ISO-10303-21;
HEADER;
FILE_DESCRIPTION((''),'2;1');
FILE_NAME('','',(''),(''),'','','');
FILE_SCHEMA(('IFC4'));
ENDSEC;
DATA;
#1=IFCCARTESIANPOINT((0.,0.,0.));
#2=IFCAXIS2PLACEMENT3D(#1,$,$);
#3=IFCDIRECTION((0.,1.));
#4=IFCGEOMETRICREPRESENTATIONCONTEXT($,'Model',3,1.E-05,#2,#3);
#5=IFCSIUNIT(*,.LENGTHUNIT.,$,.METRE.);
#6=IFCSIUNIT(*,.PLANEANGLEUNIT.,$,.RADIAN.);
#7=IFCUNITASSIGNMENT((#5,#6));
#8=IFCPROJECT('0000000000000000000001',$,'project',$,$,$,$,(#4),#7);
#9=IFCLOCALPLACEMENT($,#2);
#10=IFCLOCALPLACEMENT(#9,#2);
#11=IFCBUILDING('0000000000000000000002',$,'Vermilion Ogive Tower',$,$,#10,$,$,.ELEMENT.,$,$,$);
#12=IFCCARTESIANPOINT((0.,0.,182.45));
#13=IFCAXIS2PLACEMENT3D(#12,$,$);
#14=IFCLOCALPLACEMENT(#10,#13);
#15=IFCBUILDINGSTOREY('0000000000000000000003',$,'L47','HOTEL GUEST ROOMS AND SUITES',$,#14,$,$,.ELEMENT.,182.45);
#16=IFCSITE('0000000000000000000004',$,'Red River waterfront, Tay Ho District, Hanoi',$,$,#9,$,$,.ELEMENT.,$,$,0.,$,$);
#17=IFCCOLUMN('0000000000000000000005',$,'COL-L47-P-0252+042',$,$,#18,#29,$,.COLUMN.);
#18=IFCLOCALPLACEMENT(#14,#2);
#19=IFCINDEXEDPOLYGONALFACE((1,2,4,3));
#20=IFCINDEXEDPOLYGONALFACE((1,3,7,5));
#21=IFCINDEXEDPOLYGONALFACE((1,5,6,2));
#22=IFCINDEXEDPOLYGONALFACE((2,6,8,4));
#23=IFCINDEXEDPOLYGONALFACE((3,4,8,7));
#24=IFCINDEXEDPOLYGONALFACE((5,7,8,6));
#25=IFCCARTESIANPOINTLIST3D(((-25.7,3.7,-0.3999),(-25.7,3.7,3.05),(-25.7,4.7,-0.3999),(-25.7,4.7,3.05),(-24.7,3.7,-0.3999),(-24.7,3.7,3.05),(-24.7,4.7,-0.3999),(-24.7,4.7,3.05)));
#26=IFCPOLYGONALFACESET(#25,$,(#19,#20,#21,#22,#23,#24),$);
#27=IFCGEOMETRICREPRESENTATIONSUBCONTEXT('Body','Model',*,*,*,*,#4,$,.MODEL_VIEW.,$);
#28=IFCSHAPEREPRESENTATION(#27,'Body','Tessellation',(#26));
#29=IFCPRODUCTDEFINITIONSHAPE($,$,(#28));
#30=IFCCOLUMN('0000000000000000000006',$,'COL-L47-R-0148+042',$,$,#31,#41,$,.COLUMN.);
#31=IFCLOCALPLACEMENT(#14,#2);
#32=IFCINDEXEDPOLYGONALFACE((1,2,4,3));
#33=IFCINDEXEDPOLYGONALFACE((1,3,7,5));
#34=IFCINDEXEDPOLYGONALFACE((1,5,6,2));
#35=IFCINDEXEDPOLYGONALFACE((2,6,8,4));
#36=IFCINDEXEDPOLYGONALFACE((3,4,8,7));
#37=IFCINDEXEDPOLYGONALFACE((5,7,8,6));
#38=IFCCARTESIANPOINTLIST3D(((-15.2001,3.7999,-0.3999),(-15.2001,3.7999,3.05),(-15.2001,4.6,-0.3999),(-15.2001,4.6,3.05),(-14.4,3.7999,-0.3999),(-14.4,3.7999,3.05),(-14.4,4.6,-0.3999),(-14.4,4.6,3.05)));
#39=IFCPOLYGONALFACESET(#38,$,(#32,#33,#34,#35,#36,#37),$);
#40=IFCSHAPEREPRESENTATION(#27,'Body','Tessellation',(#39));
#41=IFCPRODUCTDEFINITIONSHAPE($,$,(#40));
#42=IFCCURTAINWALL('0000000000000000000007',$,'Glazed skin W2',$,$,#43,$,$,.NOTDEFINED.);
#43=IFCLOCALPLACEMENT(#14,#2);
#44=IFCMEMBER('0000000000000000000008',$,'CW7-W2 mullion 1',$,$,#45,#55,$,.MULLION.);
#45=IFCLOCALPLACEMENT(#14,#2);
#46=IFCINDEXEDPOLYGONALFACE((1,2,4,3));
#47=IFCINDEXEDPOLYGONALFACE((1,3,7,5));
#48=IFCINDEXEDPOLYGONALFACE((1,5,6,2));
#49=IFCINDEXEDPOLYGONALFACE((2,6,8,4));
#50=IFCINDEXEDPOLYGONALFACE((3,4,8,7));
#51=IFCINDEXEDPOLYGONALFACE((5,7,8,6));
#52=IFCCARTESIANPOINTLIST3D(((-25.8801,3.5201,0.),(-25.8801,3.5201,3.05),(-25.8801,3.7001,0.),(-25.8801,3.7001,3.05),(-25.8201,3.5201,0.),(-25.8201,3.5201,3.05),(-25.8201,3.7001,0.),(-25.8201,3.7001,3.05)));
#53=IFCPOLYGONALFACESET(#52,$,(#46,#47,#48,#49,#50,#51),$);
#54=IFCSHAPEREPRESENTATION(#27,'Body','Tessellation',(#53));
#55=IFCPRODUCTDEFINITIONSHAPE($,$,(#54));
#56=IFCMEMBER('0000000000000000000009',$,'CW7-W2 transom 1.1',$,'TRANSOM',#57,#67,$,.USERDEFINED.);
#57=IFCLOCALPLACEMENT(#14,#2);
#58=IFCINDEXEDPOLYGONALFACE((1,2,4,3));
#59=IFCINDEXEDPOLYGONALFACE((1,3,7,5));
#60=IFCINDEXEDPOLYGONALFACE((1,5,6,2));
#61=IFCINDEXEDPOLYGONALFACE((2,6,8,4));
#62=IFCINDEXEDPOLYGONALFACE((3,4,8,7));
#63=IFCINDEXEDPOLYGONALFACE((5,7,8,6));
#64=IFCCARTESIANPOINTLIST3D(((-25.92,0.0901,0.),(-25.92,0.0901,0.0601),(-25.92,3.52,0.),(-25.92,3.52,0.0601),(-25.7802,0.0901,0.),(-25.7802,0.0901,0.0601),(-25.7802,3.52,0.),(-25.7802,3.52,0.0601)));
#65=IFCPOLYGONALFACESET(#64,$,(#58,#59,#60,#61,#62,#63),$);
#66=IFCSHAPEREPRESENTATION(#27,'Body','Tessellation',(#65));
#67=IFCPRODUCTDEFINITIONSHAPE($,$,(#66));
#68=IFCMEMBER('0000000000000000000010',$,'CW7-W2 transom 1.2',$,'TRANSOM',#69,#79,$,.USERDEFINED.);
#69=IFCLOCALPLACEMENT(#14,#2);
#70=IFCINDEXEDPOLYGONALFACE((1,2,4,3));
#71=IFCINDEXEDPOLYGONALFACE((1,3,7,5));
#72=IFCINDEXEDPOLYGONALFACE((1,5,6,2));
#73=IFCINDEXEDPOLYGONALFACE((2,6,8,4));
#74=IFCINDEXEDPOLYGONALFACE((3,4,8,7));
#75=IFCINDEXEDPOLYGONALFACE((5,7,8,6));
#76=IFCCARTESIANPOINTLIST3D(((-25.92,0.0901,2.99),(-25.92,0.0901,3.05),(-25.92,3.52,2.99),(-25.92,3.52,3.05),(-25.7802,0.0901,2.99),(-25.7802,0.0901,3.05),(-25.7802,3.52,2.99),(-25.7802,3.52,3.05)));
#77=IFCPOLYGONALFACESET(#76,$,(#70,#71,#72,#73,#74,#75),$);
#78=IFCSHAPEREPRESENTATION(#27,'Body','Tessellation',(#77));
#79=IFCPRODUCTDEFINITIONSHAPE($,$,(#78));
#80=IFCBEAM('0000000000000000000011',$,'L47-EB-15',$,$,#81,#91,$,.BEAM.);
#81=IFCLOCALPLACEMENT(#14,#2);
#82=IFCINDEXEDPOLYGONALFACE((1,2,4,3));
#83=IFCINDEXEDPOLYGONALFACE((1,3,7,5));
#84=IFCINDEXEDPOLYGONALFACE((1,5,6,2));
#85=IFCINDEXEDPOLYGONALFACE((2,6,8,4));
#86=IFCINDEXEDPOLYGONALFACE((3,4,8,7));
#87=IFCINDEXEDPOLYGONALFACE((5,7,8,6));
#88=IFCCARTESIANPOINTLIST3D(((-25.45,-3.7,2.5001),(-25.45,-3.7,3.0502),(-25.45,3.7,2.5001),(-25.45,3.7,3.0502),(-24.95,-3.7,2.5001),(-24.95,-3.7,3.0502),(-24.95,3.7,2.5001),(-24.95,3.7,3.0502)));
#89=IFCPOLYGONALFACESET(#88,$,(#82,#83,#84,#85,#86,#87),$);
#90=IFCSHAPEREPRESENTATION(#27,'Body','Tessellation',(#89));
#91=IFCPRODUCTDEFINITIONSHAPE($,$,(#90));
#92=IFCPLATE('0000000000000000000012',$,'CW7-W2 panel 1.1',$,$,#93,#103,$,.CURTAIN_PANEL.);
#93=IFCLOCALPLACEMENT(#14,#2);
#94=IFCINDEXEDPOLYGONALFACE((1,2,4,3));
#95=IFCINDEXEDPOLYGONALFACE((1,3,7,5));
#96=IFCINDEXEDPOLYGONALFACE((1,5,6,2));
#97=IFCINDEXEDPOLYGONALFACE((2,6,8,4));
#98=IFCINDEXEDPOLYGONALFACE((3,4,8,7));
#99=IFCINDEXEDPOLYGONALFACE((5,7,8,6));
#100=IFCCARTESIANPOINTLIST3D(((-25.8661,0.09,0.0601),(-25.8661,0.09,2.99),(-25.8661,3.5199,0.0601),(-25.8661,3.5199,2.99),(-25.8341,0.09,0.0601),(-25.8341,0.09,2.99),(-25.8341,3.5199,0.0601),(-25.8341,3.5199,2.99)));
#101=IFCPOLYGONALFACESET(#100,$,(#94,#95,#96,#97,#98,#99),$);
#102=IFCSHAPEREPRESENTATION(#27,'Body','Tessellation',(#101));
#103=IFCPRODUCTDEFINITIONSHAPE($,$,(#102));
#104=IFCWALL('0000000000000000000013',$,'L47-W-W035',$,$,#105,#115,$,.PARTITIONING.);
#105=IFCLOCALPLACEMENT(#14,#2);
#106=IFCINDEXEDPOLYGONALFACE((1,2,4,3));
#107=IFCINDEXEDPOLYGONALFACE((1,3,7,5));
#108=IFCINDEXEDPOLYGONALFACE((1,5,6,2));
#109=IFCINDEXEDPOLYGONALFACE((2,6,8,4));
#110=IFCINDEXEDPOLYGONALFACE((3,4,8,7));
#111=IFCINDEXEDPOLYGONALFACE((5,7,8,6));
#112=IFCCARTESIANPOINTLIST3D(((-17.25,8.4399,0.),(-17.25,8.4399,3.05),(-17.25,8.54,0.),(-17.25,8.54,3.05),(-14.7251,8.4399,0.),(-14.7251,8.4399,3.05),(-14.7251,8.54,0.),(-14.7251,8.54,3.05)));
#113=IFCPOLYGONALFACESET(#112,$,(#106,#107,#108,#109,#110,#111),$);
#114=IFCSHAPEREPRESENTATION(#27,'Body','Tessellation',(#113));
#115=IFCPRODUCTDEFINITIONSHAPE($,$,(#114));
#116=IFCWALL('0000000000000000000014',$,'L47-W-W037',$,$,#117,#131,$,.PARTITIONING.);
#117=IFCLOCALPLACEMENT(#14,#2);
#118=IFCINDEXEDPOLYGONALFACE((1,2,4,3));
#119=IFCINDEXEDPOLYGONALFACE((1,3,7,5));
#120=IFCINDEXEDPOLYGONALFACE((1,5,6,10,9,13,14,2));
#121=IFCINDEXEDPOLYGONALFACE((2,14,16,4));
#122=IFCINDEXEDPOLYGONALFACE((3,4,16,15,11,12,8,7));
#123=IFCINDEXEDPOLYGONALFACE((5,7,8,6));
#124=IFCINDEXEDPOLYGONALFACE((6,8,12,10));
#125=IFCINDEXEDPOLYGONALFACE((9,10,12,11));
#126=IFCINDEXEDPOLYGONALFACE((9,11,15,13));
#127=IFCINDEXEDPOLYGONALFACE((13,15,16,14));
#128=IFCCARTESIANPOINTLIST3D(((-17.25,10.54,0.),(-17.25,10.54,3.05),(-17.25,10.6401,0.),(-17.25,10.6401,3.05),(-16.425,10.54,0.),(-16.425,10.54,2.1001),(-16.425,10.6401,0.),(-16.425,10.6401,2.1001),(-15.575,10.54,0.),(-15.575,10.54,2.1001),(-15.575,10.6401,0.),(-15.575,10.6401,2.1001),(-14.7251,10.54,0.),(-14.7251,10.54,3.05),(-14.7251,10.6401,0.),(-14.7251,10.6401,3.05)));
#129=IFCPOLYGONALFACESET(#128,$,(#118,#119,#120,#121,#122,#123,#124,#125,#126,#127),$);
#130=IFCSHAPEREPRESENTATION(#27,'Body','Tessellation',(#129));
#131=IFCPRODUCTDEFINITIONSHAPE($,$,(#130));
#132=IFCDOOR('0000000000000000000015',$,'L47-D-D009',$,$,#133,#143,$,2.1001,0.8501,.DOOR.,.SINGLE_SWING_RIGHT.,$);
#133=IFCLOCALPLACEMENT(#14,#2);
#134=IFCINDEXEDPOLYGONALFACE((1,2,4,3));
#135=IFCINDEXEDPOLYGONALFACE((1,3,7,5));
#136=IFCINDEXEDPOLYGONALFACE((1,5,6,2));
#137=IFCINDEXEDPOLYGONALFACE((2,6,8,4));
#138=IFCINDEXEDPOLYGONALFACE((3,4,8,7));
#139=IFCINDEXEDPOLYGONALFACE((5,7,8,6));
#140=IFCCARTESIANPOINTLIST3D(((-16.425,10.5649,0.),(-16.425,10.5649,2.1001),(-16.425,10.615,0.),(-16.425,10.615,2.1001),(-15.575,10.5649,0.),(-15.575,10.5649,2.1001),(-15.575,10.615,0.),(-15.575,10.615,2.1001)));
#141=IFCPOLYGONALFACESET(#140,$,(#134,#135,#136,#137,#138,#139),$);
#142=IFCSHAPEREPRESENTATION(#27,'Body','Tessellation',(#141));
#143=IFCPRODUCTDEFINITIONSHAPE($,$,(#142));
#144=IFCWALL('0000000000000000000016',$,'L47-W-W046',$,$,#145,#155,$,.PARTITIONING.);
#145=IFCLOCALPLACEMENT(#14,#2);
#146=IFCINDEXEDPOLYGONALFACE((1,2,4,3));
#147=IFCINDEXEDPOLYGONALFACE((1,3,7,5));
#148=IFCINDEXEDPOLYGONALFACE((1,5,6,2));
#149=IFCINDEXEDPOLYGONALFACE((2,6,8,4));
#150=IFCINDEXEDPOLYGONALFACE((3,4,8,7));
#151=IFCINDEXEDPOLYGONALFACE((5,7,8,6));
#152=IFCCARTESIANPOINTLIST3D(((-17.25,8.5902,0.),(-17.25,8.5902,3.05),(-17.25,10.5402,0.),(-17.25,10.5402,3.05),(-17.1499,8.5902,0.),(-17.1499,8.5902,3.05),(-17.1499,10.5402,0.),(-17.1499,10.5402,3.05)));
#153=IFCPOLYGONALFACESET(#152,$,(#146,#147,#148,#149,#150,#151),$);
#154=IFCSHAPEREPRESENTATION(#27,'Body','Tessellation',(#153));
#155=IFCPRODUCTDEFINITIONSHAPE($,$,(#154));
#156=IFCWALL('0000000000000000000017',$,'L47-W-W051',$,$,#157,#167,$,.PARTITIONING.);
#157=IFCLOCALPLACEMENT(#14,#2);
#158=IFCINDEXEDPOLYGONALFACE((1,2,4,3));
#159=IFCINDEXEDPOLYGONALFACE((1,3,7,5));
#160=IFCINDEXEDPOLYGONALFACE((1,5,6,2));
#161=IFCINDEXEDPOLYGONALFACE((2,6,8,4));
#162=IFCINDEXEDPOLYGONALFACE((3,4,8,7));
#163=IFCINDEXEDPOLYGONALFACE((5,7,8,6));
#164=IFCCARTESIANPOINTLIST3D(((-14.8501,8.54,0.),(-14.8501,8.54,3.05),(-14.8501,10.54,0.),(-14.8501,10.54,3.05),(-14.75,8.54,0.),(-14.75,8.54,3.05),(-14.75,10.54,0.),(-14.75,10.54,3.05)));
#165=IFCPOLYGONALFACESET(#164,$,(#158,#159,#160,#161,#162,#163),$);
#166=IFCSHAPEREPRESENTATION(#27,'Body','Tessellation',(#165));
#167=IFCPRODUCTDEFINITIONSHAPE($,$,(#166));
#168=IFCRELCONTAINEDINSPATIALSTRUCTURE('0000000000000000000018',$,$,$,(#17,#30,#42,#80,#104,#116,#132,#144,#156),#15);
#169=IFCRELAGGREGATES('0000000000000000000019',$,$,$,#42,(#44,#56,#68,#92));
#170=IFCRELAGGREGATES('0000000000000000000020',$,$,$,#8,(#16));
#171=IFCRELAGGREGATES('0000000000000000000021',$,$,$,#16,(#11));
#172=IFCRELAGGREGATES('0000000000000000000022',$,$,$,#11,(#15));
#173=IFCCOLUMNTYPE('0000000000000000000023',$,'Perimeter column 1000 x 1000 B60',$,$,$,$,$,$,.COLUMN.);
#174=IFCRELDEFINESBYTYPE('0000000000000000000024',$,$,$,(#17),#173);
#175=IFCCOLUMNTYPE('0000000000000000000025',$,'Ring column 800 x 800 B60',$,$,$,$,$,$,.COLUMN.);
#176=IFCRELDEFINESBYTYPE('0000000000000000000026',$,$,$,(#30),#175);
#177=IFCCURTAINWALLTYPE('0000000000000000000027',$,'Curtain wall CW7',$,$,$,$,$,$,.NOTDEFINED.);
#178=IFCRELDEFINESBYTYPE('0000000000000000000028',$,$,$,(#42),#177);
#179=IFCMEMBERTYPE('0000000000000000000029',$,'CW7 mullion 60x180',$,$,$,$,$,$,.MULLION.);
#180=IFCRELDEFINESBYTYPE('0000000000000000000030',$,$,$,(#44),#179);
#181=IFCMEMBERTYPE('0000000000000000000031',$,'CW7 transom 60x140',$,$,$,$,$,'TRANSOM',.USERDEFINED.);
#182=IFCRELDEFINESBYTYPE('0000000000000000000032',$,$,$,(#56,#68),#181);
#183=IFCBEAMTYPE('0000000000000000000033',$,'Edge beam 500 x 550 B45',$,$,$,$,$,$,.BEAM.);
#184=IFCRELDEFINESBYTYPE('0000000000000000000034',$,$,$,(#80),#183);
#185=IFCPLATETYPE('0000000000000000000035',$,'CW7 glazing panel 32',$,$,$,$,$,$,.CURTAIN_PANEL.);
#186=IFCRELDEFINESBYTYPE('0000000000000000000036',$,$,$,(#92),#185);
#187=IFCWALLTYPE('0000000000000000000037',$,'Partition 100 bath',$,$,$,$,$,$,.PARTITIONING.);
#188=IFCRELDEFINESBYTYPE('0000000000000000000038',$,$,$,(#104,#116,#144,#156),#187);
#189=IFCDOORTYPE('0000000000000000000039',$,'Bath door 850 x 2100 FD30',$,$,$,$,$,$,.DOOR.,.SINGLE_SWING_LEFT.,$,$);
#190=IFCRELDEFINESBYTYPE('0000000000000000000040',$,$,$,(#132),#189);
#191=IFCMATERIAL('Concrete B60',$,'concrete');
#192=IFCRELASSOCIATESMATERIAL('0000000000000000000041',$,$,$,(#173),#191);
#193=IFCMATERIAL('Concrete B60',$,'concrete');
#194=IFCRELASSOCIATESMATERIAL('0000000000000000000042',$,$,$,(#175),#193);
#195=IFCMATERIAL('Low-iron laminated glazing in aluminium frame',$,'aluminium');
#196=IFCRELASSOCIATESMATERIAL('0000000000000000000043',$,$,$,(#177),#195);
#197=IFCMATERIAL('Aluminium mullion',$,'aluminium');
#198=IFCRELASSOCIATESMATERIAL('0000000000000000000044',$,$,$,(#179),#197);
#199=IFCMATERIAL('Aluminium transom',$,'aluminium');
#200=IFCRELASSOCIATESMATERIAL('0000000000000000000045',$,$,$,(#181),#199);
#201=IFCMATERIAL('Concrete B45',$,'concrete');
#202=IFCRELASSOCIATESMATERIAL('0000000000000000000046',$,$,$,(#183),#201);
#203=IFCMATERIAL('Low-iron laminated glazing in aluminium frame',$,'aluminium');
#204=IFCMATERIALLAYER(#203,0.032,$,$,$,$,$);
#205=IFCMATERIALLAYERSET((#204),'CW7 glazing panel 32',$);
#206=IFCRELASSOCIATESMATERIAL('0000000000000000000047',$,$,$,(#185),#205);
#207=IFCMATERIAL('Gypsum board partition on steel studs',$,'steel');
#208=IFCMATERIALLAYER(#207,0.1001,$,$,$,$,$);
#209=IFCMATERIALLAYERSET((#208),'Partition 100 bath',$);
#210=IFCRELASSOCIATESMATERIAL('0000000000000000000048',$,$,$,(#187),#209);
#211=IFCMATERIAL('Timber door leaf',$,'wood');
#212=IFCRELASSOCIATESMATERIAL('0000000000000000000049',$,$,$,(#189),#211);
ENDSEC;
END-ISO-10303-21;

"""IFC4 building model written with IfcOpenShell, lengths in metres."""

from ifc_helpers import new_model, si_unit, direction, frame, frame_2d, origin, origin_2d, place, context, subcontext, project, spatial, rectangle, extrude, material, layer, layer_set, material_profile, profile_set, type_object, element, fill, aggregate, save


model = new_model("IFC4")

# Units and contexts
model_context = context("Model", 3, precision=1e-05, world=origin(), true_north=direction((0.0, 1.0)))
body_context = subcontext(model_context, "Body", "Model", "MODEL_VIEW")
ifc_project = project(units=[si_unit("LENGTHUNIT", "METRE"), si_unit("PLANEANGLEUNIT", "RADIAN")], contexts=[model_context])

# Site, building, storey
site_placement = place(None, origin())
site = spatial("IfcSite", under=ifc_project, at=site_placement, Name="Red River waterfront, Tay Ho District, Hanoi", CompositionType="ELEMENT", RefElevation=0.0)
building_placement = place(site_placement, origin())
building = spatial("IfcBuilding", under=site, at=building_placement, Name="Vermilion Ogive Tower", CompositionType="ELEMENT")
storey_placement = place(building_placement, frame((0.0, 0.0, 182.45)))
storey = spatial("IfcBuildingStorey", under=building, at=storey_placement, Name="L47", Description="HOTEL GUEST ROOMS AND SUITES", CompositionType="ELEMENT", Elevation=182.45)

# Columns
ifc_material_1 = material(Name="Concrete B60", Category="concrete")
ifc_material_profile_1 = material_profile(ifc_material_1, rectangle(XDim=1.0, YDim=1.0, at=origin_2d()), Name="1000 x 1000")
ifc_profile_set_1 = profile_set([ifc_material_profile_1], Name="Concrete B60")
column_type_1 = type_object("IfcColumnType", Name="Perimeter column 1000 x 1000 B60", PredefinedType="COLUMN", material=ifc_profile_set_1)
column_1_placement = place(storey_placement, frame((-25.2, 4.2, -0.3999), z_axis=(0.0, 0.0, 1.0), x_axis=(1.0, 0.0, 0.0)))
element("IfcColumn", 1, at=column_1_placement, inside=storey, type_object=column_type_1, Name="COL-L47-P-0252+042", PredefinedType="COLUMN", context=body_context, shape_type="SweptSolid", body=[
    extrude(rectangle(XDim=1.0, YDim=1.0, at=origin_2d()), origin(), (0.0, 0.0, 1.0), 3.45),
])
ifc_material_2 = material(Name="Concrete B60", Category="concrete")
ifc_material_profile_2 = material_profile(ifc_material_2, rectangle(XDim=0.8, YDim=0.8, at=origin_2d()), Name="800 x 800")
ifc_profile_set_2 = profile_set([ifc_material_profile_2], Name="Concrete B60")
column_type_2 = type_object("IfcColumnType", Name="Ring column 800 x 800 B60", PredefinedType="COLUMN", material=ifc_profile_set_2)
column_2_placement = place(storey_placement, frame((-14.8, 4.2, -0.3999), z_axis=(0.0, 0.0, 1.0), x_axis=(1.0, 0.0, 0.0)))
element("IfcColumn", 2, at=column_2_placement, inside=storey, type_object=column_type_2, Name="COL-L47-R-0148+042", PredefinedType="COLUMN", context=body_context, shape_type="SweptSolid", body=[
    extrude(rectangle(XDim=0.8, YDim=0.8, at=origin_2d()), origin(), (0.0, 0.0, 1.0), 3.45),
])

# Curtain wall, members
ifc_material_3 = material(Name="Low-iron laminated glazing in aluminium frame", Category="aluminium")
curtain_wall_type = type_object("IfcCurtainWallType", Name="Curtain wall CW7", PredefinedType="NOTDEFINED", material=ifc_material_3)
curtain_wall_placement = place(storey_placement, origin())
curtain_wall = element("IfcCurtainWall", 3, at=curtain_wall_placement, inside=storey, type_object=curtain_wall_type, Name="Glazed skin W2", PredefinedType="NOTDEFINED")
ifc_material_4 = material(Name="Aluminium mullion", Category="aluminium")
ifc_material_profile_3 = material_profile(ifc_material_4, rectangle(XDim=0.0601, YDim=0.1799, at=origin_2d()), Name="AL 60x180")
ifc_profile_set_3 = profile_set([ifc_material_profile_3], Name="Aluminium mullion")
member_type_1 = type_object("IfcMemberType", Name="CW7 mullion 60x180", PredefinedType="MULLION", material=ifc_profile_set_3)
member_1_placement = place(storey_placement, frame((-25.8501, 3.6101, 0.0), z_axis=(0.0, 0.0, 1.0), x_axis=(1.0, 0.0, 0.0)))
member_1 = element("IfcMember", 4, at=member_1_placement, type_object=member_type_1, Name="CW7-W2 mullion 1", PredefinedType="MULLION", context=body_context, shape_type="SweptSolid", body=[
    extrude(rectangle(XDim=0.0601, YDim=0.1799, at=origin_2d()), origin(), (0.0, 0.0, 1.0), 3.05),
])
ifc_material_5 = material(Name="Aluminium transom", Category="aluminium")
ifc_material_profile_4 = material_profile(ifc_material_5, rectangle(XDim=0.1399, YDim=0.0601, at=origin_2d()), Name="AL 60x140")
ifc_profile_set_4 = profile_set([ifc_material_profile_4], Name="Aluminium transom")
member_type_2 = type_object("IfcMemberType", Name="CW7 transom 60x140", ElementType="TRANSOM", PredefinedType="USERDEFINED", material=ifc_profile_set_4)
member_2_placement = place(storey_placement, frame((-25.8501, 3.52, 0.03), z_axis=(0.0, -1.0, 0.0), x_axis=(1.0, 0.0, 0.0)))
member_2 = element("IfcMember", 5, at=member_2_placement, type_object=member_type_2, Name="CW7-W2 transom 1.1", ObjectType="TRANSOM", PredefinedType="USERDEFINED", context=body_context, shape_type="SweptSolid", body=[
    extrude(rectangle(XDim=0.1399, YDim=0.0601, at=origin_2d()), origin(), (0.0, 0.0, 1.0), 3.4299),
])
member_3_placement = place(storey_placement, frame((-25.8501, 3.52, 3.02), z_axis=(0.0, -1.0, 0.0), x_axis=(1.0, 0.0, 0.0)))
member_3 = element("IfcMember", 6, at=member_3_placement, type_object=member_type_2, Name="CW7-W2 transom 1.2", ObjectType="TRANSOM", PredefinedType="USERDEFINED", context=body_context, shape_type="SweptSolid", body=[
    extrude(rectangle(XDim=0.1399, YDim=0.0601, at=origin_2d()), origin(), (0.0, 0.0, 1.0), 3.4299),
])

# Beam
ifc_material_6 = material(Name="Concrete B45", Category="concrete")
ifc_material_profile_5 = material_profile(ifc_material_6, rectangle(XDim=0.5, YDim=0.55, at=origin_2d()), Name="500 x 550")
ifc_profile_set_5 = profile_set([ifc_material_profile_5], Name="Concrete B45")
beam_type = type_object("IfcBeamType", Name="Edge beam 500 x 550 B45", PredefinedType="BEAM", material=ifc_profile_set_5)
beam_placement = place(storey_placement, frame((-25.2, 3.7, 2.7751), z_axis=(0.0, -1.0, 0.0), x_axis=(1.0, 0.0, 0.0)))
element("IfcBeam", 7, at=beam_placement, inside=storey, type_object=beam_type, Name="L47-EB-15", PredefinedType="BEAM", context=body_context, shape_type="SweptSolid", body=[
    extrude(rectangle(XDim=0.5, YDim=0.55, at=origin_2d()), origin(), (0.0, 0.0, 1.0), 7.3999),
])

# Plate
ifc_material_7 = material(Name="Low-iron laminated glazing in aluminium frame", Category="aluminium")
ifc_layer_1 = layer(ifc_material_7, 0.032)
ifc_layer_set_1 = layer_set([ifc_layer_1], Name="CW7 glazing panel 32")
plate_type = type_object("IfcPlateType", Name="CW7 glazing panel 32", PredefinedType="CURTAIN_PANEL", material=ifc_layer_set_1)
plate_placement = place(storey_placement, frame((-25.8501, 1.8049, 0.0601), z_axis=(0.0, 0.0, 1.0), x_axis=(0.0, -1.0, 0.0)))
plate = element("IfcPlate", 8, at=plate_placement, type_object=plate_type, Name="CW7-W2 panel 1.1", PredefinedType="CURTAIN_PANEL", context=body_context, shape_type="SweptSolid", body=[
    extrude(rectangle(XDim=3.4299, YDim=0.032, at=origin_2d()), origin(), (0.0, 0.0, 1.0), 2.9299),
])
aggregate(curtain_wall, [member_1, member_2, member_3, plate])

# Wall
ifc_material_8 = material(Name="Gypsum board partition on steel studs", Category="steel")
ifc_layer_2 = layer(ifc_material_8, 0.1001)
ifc_layer_set_2 = layer_set([ifc_layer_2], Name="Partition 100 bath")
wall_type_1 = type_object("IfcWallType", Name="Partition 100 bath", PredefinedType="PARTITIONING", material=ifc_layer_set_2)
wall_1_placement = place(storey_placement, frame((-17.25, 8.49, 0.0), z_axis=(0.0, 0.0, 1.0), x_axis=(1.0, 0.0, 0.0)))
element("IfcWall", 9, at=wall_1_placement, inside=storey, type_object=wall_type_1, Name="L47-W-W035", PredefinedType="PARTITIONING", context=body_context, shape_type="SweptSolid", body=[
    extrude(rectangle(XDim=2.5249, YDim=0.1001, at=frame_2d((1.2625, 0.0))), origin(), (0.0, 0.0, 1.0), 3.05),
])

# Wall, opening, door
wall_2_placement = place(storey_placement, frame((-17.25, 10.5901, 0.0), z_axis=(0.0, 0.0, 1.0), x_axis=(1.0, 0.0, 0.0)))
wall_2 = element("IfcWall", 10, at=wall_2_placement, inside=storey, type_object=wall_type_1, Name="L47-W-W037", PredefinedType="PARTITIONING", context=body_context, shape_type="SweptSolid", body=[
    extrude(rectangle(XDim=2.5249, YDim=0.1001, at=frame_2d((1.2625, 0.0))), origin(), (0.0, 0.0, 1.0), 3.05),
])
opening_1_placement = place(wall_2_placement, frame((0.825, 0.0, 0.0)))
opening_1 = element("IfcOpeningElement", 11, at=opening_1_placement, cuts=wall_2, PredefinedType="OPENING", context=body_context, shape_type="SweptSolid", body=[
    extrude(rectangle(XDim=0.8501, YDim=2.1001, at=frame_2d((0.425, 1.05))), frame((0.0, 0.0601, 0.0), z_axis=(0.0, -1.0, 0.0), x_axis=(1.0, 0.0, 0.0)), (0.0, 0.0, 1.0), 0.1201),
])
ifc_material_9 = material(Name="Timber door leaf", Category="wood")
door_type_1 = type_object("IfcDoorType", Name="Bath door 850 x 2100 FD30", OperationType="SINGLE_SWING_LEFT", PredefinedType="DOOR", material=ifc_material_9)
door_1_placement = place(opening_1_placement, origin())
door_1 = element("IfcDoor", 12, at=door_1_placement, inside=storey, type_object=door_type_1, Name="L47-D-D009", OperationType="SINGLE_SWING_RIGHT", OverallHeight=2.1001, OverallWidth=0.8501, PredefinedType="DOOR", context=body_context, shape_type="SweptSolid", body=[
    extrude(rectangle(XDim=0.8501, YDim=2.1001, at=frame_2d((0.425, 1.05))), frame((0.0, 0.0249, 0.0), z_axis=(0.0, -1.0, 0.0), x_axis=(1.0, 0.0, 0.0)), (0.0, 0.0, 1.0), 0.05),
])
fill(opening_1, door_1)

# Walls
wall_3_placement = place(storey_placement, frame((-17.2, 8.5901, 0.0), z_axis=(0.0, 0.0, 1.0), x_axis=(0.0, 1.0, 0.0)))
element("IfcWall", 13, at=wall_3_placement, inside=storey, type_object=wall_type_1, Name="L47-W-W046", PredefinedType="PARTITIONING", context=body_context, shape_type="SweptSolid", body=[
    extrude(rectangle(XDim=1.95, YDim=0.1001, at=frame_2d((0.9751, 0.0))), origin(), (0.0, 0.0, 1.0), 3.05),
])
wall_4_placement = place(storey_placement, frame((-14.8, 8.54, 0.0), z_axis=(0.0, 0.0, 1.0), x_axis=(0.0, 1.0, 0.0)))
element("IfcWall", 14, at=wall_4_placement, inside=storey, type_object=wall_type_1, Name="L47-W-W051", PredefinedType="PARTITIONING", context=body_context, shape_type="SweptSolid", body=[
    extrude(rectangle(XDim=2.0, YDim=0.1001, at=frame_2d((1.0, 0.0))), origin(), (0.0, 0.0, 1.0), 3.05),
])

save(model, "model.ifc")
